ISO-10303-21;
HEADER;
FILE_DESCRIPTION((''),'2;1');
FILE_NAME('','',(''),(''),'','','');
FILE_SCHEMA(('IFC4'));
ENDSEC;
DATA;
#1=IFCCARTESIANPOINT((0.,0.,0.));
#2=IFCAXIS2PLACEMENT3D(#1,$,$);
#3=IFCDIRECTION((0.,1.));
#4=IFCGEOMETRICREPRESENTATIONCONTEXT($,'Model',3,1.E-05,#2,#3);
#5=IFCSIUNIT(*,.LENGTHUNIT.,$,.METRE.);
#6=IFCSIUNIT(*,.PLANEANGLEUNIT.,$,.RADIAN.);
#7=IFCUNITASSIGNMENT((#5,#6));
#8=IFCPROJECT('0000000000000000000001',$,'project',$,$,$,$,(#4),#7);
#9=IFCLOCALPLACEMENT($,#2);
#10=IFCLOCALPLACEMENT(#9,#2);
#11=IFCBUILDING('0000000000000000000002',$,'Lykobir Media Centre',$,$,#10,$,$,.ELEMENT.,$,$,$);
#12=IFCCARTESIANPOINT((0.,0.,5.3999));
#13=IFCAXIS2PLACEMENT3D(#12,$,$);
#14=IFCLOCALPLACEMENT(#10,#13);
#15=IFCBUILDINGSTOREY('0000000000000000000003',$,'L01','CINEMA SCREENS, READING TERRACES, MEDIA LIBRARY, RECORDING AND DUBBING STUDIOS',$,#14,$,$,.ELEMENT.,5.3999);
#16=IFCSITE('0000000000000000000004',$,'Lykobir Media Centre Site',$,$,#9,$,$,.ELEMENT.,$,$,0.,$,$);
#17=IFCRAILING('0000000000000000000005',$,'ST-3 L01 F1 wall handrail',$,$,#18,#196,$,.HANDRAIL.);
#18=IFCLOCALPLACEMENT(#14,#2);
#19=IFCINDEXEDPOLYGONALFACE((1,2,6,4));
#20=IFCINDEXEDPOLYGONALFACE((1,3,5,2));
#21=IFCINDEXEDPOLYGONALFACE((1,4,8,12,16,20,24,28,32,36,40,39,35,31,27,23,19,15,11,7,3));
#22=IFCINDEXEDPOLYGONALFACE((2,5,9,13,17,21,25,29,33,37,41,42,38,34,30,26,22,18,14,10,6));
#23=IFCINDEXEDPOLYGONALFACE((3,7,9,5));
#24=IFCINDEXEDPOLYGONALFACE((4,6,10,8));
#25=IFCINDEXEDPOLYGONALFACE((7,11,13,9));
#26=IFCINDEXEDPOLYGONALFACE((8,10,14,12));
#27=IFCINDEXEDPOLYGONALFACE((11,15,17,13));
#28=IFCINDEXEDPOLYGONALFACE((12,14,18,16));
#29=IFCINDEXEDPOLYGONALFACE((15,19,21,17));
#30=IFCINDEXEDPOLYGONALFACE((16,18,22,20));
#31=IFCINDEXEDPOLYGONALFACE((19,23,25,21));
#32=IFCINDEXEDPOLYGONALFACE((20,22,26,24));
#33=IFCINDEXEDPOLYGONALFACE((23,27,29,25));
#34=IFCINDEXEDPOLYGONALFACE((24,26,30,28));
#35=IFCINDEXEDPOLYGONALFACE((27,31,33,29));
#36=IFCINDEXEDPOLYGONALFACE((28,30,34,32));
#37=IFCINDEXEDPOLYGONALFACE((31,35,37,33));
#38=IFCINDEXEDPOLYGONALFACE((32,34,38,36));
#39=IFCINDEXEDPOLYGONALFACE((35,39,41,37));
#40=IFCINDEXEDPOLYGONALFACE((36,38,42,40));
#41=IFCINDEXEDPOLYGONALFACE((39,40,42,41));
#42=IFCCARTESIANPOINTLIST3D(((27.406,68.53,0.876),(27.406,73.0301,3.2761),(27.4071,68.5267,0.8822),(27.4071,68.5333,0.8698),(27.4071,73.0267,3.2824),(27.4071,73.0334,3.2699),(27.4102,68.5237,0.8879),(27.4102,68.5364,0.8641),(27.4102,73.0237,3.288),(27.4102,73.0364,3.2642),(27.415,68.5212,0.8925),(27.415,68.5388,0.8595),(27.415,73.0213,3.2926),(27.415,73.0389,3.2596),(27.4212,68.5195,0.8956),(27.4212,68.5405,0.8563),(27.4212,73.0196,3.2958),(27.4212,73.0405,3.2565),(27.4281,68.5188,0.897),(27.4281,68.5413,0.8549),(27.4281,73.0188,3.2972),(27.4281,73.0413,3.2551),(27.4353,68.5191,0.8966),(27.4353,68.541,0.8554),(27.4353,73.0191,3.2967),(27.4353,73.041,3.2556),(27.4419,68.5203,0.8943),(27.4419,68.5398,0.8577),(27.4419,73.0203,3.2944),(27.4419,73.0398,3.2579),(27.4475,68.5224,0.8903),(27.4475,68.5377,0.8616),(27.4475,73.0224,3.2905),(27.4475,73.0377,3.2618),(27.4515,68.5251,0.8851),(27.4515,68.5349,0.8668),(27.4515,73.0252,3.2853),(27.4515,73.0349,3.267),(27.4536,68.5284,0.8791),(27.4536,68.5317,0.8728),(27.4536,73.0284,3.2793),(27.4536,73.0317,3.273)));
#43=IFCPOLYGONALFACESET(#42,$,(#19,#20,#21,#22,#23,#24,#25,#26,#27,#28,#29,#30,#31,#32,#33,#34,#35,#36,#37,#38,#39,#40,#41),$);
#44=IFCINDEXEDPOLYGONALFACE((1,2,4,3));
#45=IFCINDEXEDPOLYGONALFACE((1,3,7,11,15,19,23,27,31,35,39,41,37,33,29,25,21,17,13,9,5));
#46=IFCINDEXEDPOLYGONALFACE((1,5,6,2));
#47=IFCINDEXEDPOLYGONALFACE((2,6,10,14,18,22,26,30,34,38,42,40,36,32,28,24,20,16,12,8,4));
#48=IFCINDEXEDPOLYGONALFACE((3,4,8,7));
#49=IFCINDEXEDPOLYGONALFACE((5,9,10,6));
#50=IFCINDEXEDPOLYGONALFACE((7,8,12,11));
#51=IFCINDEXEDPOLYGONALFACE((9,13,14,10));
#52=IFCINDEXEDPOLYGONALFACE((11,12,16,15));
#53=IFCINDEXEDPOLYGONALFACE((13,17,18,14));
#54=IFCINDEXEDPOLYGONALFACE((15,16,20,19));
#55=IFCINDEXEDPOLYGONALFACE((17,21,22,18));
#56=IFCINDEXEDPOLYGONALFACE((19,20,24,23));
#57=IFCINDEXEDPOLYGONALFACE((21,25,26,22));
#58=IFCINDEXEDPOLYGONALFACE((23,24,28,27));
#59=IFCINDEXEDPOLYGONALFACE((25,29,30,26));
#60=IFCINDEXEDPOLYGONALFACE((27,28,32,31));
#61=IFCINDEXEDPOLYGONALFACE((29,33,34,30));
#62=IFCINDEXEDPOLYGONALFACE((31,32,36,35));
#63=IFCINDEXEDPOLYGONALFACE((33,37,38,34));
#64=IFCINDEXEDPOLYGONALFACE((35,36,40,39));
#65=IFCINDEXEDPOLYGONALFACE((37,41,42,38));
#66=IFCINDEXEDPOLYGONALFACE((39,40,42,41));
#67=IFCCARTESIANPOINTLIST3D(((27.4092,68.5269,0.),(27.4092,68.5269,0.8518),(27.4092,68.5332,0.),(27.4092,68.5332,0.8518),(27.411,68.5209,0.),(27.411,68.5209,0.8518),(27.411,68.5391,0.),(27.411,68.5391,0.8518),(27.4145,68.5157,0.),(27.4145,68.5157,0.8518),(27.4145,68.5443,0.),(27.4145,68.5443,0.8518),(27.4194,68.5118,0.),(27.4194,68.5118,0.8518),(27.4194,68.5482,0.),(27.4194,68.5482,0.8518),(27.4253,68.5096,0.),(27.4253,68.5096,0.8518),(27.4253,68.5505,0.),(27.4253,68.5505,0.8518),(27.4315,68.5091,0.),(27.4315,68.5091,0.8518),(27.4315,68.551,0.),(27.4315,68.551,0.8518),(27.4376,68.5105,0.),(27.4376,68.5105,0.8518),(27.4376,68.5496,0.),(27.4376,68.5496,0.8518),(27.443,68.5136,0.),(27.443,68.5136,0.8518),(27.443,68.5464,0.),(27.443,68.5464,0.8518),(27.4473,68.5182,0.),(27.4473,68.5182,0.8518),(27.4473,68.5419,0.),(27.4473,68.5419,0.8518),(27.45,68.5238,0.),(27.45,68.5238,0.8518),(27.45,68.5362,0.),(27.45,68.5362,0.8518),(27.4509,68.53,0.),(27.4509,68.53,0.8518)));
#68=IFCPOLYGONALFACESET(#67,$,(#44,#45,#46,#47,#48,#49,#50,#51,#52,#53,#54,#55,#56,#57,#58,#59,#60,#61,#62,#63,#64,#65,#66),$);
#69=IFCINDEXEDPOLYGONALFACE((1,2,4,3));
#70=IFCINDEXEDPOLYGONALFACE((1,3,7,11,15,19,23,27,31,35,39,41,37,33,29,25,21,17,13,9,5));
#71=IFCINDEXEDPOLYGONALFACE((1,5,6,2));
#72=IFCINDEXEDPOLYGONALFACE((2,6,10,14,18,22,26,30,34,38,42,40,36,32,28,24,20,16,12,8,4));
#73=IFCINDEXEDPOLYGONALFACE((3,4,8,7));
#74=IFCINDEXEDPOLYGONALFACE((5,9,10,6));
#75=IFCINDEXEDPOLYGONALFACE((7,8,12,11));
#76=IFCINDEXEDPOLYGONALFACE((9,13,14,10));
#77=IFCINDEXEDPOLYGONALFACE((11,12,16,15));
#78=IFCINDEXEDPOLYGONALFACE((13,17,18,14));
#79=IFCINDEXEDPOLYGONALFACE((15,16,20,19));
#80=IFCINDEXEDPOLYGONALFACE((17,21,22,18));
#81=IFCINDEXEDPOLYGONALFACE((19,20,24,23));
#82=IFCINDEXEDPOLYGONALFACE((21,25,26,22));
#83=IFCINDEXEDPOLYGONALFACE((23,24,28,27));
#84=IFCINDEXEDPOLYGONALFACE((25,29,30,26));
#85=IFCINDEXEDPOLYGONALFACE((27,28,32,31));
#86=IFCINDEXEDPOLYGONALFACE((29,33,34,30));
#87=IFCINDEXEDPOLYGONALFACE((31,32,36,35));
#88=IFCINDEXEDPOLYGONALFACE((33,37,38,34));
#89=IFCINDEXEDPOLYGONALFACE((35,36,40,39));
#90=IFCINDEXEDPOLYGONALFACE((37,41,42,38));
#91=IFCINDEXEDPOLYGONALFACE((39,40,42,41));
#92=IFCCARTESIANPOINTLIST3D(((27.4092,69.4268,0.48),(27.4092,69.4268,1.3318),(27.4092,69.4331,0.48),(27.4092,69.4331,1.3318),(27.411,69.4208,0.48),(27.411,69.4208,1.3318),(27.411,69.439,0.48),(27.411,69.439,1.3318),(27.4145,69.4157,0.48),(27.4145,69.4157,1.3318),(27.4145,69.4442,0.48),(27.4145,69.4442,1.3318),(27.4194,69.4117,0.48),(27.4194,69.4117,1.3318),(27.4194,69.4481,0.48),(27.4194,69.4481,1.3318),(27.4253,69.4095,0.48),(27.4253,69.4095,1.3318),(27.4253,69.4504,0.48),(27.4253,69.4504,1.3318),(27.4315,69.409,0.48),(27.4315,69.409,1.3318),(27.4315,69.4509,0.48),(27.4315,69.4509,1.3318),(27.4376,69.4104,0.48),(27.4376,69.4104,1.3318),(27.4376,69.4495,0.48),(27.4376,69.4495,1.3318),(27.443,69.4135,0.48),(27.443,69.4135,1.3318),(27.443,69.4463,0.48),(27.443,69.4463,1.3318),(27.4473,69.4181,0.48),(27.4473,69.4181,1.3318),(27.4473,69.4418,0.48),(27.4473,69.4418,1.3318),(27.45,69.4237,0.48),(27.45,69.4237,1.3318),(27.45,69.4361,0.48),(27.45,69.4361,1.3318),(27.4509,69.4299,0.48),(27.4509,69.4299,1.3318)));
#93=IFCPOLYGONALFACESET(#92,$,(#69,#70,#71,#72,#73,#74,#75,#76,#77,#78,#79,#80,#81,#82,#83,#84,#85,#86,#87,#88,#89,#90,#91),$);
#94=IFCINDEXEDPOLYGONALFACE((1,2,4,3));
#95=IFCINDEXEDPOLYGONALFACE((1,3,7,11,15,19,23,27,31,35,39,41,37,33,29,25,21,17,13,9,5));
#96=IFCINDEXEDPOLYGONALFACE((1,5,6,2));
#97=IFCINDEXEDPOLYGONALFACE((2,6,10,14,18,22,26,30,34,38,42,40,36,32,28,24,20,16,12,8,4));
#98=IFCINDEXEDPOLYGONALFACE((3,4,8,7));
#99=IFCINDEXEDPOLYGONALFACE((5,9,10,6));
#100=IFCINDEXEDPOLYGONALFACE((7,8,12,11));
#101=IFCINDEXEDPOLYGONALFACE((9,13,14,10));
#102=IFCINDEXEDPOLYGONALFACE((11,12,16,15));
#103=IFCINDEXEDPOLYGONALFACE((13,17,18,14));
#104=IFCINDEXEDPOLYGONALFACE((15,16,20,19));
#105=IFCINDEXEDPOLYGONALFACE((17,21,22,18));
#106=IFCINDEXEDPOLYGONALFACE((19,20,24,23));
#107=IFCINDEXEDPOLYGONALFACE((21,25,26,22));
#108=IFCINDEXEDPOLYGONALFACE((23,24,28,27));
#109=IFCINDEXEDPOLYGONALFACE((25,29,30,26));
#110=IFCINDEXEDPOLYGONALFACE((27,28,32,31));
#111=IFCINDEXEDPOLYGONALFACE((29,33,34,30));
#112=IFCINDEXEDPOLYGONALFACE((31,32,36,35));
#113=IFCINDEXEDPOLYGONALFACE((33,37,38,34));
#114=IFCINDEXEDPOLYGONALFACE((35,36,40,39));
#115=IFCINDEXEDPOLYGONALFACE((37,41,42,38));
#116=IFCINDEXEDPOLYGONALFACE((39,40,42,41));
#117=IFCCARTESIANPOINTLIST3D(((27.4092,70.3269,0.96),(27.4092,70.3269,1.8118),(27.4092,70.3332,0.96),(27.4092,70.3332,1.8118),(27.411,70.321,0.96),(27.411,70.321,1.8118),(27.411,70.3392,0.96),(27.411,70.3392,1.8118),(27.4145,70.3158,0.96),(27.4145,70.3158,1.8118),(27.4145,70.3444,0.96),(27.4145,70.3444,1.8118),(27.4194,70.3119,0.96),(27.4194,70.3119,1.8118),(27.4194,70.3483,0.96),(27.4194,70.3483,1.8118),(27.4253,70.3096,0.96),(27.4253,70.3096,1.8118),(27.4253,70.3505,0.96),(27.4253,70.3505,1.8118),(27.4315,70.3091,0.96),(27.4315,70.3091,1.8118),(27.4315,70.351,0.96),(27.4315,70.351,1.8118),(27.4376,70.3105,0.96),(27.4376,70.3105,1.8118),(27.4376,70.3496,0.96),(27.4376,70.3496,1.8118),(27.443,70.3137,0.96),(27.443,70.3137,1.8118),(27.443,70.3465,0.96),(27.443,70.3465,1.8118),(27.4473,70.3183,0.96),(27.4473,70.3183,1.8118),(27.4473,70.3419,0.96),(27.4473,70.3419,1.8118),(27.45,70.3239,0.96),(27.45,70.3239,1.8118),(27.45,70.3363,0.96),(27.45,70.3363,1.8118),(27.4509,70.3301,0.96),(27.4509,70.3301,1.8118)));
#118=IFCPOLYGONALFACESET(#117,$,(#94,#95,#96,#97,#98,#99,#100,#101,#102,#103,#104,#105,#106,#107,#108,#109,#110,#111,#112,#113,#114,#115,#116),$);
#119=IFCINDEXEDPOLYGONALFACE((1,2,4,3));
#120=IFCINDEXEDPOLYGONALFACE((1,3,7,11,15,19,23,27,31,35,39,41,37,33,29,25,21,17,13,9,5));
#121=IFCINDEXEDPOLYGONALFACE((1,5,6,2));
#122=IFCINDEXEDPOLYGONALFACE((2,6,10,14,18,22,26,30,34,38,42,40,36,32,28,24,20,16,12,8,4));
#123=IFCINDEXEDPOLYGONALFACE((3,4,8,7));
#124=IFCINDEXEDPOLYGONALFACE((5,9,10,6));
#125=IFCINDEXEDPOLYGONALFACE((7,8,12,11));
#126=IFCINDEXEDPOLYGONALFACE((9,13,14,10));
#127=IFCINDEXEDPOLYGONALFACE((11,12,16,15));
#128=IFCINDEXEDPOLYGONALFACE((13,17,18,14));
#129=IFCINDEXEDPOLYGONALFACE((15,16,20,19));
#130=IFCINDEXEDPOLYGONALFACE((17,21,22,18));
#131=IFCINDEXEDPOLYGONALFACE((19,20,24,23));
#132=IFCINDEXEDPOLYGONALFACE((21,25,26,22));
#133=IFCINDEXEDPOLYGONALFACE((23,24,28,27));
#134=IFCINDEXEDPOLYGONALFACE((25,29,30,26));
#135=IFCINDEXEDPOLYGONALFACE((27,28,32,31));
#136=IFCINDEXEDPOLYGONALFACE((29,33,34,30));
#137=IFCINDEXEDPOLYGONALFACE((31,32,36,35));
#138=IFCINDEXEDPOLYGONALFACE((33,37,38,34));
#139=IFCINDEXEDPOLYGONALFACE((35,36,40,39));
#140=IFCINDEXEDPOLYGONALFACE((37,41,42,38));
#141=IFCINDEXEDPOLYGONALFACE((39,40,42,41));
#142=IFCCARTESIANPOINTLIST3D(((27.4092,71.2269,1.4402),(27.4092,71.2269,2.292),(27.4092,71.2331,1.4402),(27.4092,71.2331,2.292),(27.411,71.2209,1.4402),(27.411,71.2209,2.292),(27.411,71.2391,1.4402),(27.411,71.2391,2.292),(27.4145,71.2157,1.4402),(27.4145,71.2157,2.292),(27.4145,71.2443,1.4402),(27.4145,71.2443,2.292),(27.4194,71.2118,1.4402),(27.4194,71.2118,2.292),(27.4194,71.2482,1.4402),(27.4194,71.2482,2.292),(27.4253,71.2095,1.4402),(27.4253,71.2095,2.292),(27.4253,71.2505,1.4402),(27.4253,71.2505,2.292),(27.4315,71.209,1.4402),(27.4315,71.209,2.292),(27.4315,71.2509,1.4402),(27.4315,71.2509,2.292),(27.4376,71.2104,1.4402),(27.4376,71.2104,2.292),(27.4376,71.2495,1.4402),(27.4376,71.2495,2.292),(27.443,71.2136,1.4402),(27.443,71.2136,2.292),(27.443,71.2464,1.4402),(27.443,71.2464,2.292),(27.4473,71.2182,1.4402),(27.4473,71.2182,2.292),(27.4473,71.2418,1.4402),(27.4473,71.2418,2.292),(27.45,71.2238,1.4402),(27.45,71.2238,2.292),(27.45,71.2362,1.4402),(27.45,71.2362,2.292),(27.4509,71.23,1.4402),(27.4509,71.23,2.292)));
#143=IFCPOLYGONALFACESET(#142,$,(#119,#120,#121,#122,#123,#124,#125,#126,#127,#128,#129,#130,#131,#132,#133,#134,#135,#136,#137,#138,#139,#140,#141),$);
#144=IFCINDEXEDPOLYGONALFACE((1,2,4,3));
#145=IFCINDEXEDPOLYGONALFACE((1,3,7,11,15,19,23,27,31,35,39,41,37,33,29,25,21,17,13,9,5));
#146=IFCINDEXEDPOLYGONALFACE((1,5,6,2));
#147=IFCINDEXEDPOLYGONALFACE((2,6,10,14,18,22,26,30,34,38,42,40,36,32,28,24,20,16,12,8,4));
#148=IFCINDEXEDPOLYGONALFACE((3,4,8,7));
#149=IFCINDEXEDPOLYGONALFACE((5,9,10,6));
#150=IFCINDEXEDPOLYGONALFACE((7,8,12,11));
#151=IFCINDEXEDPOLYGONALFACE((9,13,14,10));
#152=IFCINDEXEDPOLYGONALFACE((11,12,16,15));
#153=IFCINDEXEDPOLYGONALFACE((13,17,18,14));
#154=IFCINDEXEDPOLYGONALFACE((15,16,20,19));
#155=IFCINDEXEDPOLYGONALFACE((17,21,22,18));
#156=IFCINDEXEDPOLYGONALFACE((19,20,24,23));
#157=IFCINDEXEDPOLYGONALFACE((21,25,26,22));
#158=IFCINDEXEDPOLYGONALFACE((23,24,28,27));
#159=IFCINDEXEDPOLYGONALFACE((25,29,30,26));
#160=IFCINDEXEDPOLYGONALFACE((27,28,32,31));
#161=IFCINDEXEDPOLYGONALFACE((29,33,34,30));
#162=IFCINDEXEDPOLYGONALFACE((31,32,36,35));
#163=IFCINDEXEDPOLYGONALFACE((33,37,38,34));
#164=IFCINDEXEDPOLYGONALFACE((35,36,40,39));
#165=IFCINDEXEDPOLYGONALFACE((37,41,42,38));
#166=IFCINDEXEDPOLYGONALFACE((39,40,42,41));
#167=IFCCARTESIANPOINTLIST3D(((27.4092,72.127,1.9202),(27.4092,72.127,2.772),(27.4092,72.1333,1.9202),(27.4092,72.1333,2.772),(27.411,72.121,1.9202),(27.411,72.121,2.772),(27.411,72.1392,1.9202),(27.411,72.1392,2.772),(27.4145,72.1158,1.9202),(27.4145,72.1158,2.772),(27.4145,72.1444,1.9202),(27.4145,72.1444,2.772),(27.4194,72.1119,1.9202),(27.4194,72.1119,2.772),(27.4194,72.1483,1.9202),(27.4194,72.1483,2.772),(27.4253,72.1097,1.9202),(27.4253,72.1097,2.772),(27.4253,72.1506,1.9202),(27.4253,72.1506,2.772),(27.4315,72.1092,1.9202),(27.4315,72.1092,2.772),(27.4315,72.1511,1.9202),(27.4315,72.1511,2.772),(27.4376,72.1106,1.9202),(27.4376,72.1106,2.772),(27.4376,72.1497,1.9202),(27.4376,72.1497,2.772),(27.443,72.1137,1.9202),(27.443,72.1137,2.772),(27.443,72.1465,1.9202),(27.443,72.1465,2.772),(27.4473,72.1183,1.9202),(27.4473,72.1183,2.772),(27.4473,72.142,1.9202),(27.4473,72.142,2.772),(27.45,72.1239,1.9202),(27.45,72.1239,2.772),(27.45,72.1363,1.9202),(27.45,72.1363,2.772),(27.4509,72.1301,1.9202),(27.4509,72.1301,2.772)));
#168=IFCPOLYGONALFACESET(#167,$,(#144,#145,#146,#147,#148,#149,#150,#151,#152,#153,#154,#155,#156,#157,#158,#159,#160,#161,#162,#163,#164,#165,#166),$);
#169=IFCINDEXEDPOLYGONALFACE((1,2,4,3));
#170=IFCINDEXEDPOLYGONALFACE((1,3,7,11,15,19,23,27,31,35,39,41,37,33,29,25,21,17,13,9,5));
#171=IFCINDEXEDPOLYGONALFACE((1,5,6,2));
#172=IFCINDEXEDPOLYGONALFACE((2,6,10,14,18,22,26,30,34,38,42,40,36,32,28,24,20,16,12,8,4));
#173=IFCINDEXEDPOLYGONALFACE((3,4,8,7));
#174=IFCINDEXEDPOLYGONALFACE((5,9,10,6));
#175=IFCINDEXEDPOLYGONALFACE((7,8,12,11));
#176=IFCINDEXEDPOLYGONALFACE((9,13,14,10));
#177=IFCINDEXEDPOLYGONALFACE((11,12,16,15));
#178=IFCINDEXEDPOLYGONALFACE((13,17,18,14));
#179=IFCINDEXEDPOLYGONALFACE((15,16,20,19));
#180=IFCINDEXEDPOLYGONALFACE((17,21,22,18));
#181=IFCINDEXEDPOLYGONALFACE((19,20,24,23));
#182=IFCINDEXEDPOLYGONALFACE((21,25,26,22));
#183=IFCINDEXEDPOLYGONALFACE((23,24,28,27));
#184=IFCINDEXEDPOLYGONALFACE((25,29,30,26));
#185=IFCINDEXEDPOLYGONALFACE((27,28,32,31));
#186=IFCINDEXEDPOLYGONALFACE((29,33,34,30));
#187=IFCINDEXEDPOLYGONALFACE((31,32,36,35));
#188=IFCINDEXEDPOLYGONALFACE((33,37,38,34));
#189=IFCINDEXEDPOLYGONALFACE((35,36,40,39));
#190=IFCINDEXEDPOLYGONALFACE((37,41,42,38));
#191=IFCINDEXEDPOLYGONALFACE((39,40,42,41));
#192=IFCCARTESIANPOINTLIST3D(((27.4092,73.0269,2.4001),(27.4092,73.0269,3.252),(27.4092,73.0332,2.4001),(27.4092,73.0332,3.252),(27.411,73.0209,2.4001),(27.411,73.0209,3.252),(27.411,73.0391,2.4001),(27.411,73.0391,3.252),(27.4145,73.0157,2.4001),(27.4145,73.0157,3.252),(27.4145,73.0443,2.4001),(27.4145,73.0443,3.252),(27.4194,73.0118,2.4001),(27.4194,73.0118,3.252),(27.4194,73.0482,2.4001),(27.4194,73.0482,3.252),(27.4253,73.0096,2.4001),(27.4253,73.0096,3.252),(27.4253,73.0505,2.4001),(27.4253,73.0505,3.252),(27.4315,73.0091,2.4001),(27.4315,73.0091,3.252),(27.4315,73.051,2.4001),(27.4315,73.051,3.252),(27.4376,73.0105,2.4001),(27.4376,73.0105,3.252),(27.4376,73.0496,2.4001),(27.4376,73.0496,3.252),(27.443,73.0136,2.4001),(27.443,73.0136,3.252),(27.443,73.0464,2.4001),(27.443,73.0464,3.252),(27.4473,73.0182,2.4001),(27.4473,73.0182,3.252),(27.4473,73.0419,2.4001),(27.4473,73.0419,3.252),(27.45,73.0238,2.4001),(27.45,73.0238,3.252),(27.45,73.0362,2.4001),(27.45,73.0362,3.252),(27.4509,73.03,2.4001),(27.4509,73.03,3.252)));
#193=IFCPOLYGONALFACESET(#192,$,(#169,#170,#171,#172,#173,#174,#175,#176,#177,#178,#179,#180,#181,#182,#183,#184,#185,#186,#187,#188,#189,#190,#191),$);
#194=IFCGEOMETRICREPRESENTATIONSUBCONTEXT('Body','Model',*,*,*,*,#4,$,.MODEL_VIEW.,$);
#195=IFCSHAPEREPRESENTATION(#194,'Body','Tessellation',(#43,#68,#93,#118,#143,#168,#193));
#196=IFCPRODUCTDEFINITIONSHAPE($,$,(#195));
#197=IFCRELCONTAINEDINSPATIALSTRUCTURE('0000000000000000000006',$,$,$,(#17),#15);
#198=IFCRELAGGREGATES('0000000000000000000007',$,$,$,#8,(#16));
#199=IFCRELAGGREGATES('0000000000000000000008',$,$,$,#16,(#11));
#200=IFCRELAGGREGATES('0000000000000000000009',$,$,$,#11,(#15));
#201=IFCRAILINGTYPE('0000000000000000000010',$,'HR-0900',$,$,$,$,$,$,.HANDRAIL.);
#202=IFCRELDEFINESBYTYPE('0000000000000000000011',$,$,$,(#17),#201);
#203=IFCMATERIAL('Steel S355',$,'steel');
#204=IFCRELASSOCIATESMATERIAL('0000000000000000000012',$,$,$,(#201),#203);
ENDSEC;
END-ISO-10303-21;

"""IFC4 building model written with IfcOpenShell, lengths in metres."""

from ifc_helpers import new_model, si_unit, direction, frame, origin, origin_2d, place, context, subcontext, project, spatial, circle, extrude, material, type_object, element, save


model = new_model("IFC4")

# Units and contexts
model_context = context("Model", 3, precision=1e-05, world=origin(), true_north=direction((0.0, 1.0)))
body_context = subcontext(model_context, "Body", "Model", "MODEL_VIEW")
ifc_project = project(units=[si_unit("LENGTHUNIT", "METRE"), si_unit("PLANEANGLEUNIT", "RADIAN")], contexts=[model_context])

# Site, building, storey
site_placement = place(None, origin())
site = spatial("IfcSite", under=ifc_project, at=site_placement, Name="Lykobir Media Centre Site", CompositionType="ELEMENT", RefElevation=0.0)
building_placement = place(site_placement, origin())
building = spatial("IfcBuilding", under=site, at=building_placement, Name="Lykobir Media Centre", CompositionType="ELEMENT")
storey_placement = place(building_placement, frame((0.0, 0.0, 5.3999)))
storey = spatial("IfcBuildingStorey", under=building, at=storey_placement, Name="L01", Description="CINEMA SCREENS, READING TERRACES, MEDIA LIBRARY, RECORDING AND DUBBING STUDIOS", CompositionType="ELEMENT", Elevation=5.3999)

# Shared definitions
ifc_material_1 = material(Name="Steel S355", Category="steel")

# Railing
railing_type_1 = type_object("IfcRailingType", Name="HR-0900", PredefinedType="HANDRAIL", material=ifc_material_1)
railing_1_placement = place(storey_placement, frame((27.4299, 68.53, 0.0)))
element("IfcRailing", 1, at=railing_1_placement, inside=storey, type_object=railing_type_1, Name="ST-3 L01 F1 wall handrail", PredefinedType="HANDRAIL", context=body_context, shape_type="SweptSolid", body=[
    extrude(circle(Radius=0.0239, at=origin_2d()), frame((0.0, 0.0, 0.876), z_axis=(0.0, 0.882341, 0.470611), x_axis=(-1.0, 0.0, 0.0)), (0.0, 0.0, 1.0), 5.1001),
    extrude(circle(Radius=0.021, at=origin_2d()), origin(), (0.0, 0.0, 1.0), 0.8518),
    extrude(circle(Radius=0.021, at=origin_2d()), frame((0.0, 0.8999, 0.48)), (0.0, 0.0, 1.0), 0.8518),
    extrude(circle(Radius=0.021, at=origin_2d()), frame((0.0, 1.8, 0.96)), (0.0, 0.0, 1.0), 0.8518),
    extrude(circle(Radius=0.021, at=origin_2d()), frame((0.0, 2.7, 1.4402)), (0.0, 0.0, 1.0), 0.8518),
    extrude(circle(Radius=0.021, at=origin_2d()), frame((0.0, 3.6001, 1.9202)), (0.0, 0.0, 1.0), 0.8518),
    extrude(circle(Radius=0.021, at=origin_2d()), frame((0.0, 4.5, 2.4001)), (0.0, 0.0, 1.0), 0.8518),
])

save(model, "model.ifc")
